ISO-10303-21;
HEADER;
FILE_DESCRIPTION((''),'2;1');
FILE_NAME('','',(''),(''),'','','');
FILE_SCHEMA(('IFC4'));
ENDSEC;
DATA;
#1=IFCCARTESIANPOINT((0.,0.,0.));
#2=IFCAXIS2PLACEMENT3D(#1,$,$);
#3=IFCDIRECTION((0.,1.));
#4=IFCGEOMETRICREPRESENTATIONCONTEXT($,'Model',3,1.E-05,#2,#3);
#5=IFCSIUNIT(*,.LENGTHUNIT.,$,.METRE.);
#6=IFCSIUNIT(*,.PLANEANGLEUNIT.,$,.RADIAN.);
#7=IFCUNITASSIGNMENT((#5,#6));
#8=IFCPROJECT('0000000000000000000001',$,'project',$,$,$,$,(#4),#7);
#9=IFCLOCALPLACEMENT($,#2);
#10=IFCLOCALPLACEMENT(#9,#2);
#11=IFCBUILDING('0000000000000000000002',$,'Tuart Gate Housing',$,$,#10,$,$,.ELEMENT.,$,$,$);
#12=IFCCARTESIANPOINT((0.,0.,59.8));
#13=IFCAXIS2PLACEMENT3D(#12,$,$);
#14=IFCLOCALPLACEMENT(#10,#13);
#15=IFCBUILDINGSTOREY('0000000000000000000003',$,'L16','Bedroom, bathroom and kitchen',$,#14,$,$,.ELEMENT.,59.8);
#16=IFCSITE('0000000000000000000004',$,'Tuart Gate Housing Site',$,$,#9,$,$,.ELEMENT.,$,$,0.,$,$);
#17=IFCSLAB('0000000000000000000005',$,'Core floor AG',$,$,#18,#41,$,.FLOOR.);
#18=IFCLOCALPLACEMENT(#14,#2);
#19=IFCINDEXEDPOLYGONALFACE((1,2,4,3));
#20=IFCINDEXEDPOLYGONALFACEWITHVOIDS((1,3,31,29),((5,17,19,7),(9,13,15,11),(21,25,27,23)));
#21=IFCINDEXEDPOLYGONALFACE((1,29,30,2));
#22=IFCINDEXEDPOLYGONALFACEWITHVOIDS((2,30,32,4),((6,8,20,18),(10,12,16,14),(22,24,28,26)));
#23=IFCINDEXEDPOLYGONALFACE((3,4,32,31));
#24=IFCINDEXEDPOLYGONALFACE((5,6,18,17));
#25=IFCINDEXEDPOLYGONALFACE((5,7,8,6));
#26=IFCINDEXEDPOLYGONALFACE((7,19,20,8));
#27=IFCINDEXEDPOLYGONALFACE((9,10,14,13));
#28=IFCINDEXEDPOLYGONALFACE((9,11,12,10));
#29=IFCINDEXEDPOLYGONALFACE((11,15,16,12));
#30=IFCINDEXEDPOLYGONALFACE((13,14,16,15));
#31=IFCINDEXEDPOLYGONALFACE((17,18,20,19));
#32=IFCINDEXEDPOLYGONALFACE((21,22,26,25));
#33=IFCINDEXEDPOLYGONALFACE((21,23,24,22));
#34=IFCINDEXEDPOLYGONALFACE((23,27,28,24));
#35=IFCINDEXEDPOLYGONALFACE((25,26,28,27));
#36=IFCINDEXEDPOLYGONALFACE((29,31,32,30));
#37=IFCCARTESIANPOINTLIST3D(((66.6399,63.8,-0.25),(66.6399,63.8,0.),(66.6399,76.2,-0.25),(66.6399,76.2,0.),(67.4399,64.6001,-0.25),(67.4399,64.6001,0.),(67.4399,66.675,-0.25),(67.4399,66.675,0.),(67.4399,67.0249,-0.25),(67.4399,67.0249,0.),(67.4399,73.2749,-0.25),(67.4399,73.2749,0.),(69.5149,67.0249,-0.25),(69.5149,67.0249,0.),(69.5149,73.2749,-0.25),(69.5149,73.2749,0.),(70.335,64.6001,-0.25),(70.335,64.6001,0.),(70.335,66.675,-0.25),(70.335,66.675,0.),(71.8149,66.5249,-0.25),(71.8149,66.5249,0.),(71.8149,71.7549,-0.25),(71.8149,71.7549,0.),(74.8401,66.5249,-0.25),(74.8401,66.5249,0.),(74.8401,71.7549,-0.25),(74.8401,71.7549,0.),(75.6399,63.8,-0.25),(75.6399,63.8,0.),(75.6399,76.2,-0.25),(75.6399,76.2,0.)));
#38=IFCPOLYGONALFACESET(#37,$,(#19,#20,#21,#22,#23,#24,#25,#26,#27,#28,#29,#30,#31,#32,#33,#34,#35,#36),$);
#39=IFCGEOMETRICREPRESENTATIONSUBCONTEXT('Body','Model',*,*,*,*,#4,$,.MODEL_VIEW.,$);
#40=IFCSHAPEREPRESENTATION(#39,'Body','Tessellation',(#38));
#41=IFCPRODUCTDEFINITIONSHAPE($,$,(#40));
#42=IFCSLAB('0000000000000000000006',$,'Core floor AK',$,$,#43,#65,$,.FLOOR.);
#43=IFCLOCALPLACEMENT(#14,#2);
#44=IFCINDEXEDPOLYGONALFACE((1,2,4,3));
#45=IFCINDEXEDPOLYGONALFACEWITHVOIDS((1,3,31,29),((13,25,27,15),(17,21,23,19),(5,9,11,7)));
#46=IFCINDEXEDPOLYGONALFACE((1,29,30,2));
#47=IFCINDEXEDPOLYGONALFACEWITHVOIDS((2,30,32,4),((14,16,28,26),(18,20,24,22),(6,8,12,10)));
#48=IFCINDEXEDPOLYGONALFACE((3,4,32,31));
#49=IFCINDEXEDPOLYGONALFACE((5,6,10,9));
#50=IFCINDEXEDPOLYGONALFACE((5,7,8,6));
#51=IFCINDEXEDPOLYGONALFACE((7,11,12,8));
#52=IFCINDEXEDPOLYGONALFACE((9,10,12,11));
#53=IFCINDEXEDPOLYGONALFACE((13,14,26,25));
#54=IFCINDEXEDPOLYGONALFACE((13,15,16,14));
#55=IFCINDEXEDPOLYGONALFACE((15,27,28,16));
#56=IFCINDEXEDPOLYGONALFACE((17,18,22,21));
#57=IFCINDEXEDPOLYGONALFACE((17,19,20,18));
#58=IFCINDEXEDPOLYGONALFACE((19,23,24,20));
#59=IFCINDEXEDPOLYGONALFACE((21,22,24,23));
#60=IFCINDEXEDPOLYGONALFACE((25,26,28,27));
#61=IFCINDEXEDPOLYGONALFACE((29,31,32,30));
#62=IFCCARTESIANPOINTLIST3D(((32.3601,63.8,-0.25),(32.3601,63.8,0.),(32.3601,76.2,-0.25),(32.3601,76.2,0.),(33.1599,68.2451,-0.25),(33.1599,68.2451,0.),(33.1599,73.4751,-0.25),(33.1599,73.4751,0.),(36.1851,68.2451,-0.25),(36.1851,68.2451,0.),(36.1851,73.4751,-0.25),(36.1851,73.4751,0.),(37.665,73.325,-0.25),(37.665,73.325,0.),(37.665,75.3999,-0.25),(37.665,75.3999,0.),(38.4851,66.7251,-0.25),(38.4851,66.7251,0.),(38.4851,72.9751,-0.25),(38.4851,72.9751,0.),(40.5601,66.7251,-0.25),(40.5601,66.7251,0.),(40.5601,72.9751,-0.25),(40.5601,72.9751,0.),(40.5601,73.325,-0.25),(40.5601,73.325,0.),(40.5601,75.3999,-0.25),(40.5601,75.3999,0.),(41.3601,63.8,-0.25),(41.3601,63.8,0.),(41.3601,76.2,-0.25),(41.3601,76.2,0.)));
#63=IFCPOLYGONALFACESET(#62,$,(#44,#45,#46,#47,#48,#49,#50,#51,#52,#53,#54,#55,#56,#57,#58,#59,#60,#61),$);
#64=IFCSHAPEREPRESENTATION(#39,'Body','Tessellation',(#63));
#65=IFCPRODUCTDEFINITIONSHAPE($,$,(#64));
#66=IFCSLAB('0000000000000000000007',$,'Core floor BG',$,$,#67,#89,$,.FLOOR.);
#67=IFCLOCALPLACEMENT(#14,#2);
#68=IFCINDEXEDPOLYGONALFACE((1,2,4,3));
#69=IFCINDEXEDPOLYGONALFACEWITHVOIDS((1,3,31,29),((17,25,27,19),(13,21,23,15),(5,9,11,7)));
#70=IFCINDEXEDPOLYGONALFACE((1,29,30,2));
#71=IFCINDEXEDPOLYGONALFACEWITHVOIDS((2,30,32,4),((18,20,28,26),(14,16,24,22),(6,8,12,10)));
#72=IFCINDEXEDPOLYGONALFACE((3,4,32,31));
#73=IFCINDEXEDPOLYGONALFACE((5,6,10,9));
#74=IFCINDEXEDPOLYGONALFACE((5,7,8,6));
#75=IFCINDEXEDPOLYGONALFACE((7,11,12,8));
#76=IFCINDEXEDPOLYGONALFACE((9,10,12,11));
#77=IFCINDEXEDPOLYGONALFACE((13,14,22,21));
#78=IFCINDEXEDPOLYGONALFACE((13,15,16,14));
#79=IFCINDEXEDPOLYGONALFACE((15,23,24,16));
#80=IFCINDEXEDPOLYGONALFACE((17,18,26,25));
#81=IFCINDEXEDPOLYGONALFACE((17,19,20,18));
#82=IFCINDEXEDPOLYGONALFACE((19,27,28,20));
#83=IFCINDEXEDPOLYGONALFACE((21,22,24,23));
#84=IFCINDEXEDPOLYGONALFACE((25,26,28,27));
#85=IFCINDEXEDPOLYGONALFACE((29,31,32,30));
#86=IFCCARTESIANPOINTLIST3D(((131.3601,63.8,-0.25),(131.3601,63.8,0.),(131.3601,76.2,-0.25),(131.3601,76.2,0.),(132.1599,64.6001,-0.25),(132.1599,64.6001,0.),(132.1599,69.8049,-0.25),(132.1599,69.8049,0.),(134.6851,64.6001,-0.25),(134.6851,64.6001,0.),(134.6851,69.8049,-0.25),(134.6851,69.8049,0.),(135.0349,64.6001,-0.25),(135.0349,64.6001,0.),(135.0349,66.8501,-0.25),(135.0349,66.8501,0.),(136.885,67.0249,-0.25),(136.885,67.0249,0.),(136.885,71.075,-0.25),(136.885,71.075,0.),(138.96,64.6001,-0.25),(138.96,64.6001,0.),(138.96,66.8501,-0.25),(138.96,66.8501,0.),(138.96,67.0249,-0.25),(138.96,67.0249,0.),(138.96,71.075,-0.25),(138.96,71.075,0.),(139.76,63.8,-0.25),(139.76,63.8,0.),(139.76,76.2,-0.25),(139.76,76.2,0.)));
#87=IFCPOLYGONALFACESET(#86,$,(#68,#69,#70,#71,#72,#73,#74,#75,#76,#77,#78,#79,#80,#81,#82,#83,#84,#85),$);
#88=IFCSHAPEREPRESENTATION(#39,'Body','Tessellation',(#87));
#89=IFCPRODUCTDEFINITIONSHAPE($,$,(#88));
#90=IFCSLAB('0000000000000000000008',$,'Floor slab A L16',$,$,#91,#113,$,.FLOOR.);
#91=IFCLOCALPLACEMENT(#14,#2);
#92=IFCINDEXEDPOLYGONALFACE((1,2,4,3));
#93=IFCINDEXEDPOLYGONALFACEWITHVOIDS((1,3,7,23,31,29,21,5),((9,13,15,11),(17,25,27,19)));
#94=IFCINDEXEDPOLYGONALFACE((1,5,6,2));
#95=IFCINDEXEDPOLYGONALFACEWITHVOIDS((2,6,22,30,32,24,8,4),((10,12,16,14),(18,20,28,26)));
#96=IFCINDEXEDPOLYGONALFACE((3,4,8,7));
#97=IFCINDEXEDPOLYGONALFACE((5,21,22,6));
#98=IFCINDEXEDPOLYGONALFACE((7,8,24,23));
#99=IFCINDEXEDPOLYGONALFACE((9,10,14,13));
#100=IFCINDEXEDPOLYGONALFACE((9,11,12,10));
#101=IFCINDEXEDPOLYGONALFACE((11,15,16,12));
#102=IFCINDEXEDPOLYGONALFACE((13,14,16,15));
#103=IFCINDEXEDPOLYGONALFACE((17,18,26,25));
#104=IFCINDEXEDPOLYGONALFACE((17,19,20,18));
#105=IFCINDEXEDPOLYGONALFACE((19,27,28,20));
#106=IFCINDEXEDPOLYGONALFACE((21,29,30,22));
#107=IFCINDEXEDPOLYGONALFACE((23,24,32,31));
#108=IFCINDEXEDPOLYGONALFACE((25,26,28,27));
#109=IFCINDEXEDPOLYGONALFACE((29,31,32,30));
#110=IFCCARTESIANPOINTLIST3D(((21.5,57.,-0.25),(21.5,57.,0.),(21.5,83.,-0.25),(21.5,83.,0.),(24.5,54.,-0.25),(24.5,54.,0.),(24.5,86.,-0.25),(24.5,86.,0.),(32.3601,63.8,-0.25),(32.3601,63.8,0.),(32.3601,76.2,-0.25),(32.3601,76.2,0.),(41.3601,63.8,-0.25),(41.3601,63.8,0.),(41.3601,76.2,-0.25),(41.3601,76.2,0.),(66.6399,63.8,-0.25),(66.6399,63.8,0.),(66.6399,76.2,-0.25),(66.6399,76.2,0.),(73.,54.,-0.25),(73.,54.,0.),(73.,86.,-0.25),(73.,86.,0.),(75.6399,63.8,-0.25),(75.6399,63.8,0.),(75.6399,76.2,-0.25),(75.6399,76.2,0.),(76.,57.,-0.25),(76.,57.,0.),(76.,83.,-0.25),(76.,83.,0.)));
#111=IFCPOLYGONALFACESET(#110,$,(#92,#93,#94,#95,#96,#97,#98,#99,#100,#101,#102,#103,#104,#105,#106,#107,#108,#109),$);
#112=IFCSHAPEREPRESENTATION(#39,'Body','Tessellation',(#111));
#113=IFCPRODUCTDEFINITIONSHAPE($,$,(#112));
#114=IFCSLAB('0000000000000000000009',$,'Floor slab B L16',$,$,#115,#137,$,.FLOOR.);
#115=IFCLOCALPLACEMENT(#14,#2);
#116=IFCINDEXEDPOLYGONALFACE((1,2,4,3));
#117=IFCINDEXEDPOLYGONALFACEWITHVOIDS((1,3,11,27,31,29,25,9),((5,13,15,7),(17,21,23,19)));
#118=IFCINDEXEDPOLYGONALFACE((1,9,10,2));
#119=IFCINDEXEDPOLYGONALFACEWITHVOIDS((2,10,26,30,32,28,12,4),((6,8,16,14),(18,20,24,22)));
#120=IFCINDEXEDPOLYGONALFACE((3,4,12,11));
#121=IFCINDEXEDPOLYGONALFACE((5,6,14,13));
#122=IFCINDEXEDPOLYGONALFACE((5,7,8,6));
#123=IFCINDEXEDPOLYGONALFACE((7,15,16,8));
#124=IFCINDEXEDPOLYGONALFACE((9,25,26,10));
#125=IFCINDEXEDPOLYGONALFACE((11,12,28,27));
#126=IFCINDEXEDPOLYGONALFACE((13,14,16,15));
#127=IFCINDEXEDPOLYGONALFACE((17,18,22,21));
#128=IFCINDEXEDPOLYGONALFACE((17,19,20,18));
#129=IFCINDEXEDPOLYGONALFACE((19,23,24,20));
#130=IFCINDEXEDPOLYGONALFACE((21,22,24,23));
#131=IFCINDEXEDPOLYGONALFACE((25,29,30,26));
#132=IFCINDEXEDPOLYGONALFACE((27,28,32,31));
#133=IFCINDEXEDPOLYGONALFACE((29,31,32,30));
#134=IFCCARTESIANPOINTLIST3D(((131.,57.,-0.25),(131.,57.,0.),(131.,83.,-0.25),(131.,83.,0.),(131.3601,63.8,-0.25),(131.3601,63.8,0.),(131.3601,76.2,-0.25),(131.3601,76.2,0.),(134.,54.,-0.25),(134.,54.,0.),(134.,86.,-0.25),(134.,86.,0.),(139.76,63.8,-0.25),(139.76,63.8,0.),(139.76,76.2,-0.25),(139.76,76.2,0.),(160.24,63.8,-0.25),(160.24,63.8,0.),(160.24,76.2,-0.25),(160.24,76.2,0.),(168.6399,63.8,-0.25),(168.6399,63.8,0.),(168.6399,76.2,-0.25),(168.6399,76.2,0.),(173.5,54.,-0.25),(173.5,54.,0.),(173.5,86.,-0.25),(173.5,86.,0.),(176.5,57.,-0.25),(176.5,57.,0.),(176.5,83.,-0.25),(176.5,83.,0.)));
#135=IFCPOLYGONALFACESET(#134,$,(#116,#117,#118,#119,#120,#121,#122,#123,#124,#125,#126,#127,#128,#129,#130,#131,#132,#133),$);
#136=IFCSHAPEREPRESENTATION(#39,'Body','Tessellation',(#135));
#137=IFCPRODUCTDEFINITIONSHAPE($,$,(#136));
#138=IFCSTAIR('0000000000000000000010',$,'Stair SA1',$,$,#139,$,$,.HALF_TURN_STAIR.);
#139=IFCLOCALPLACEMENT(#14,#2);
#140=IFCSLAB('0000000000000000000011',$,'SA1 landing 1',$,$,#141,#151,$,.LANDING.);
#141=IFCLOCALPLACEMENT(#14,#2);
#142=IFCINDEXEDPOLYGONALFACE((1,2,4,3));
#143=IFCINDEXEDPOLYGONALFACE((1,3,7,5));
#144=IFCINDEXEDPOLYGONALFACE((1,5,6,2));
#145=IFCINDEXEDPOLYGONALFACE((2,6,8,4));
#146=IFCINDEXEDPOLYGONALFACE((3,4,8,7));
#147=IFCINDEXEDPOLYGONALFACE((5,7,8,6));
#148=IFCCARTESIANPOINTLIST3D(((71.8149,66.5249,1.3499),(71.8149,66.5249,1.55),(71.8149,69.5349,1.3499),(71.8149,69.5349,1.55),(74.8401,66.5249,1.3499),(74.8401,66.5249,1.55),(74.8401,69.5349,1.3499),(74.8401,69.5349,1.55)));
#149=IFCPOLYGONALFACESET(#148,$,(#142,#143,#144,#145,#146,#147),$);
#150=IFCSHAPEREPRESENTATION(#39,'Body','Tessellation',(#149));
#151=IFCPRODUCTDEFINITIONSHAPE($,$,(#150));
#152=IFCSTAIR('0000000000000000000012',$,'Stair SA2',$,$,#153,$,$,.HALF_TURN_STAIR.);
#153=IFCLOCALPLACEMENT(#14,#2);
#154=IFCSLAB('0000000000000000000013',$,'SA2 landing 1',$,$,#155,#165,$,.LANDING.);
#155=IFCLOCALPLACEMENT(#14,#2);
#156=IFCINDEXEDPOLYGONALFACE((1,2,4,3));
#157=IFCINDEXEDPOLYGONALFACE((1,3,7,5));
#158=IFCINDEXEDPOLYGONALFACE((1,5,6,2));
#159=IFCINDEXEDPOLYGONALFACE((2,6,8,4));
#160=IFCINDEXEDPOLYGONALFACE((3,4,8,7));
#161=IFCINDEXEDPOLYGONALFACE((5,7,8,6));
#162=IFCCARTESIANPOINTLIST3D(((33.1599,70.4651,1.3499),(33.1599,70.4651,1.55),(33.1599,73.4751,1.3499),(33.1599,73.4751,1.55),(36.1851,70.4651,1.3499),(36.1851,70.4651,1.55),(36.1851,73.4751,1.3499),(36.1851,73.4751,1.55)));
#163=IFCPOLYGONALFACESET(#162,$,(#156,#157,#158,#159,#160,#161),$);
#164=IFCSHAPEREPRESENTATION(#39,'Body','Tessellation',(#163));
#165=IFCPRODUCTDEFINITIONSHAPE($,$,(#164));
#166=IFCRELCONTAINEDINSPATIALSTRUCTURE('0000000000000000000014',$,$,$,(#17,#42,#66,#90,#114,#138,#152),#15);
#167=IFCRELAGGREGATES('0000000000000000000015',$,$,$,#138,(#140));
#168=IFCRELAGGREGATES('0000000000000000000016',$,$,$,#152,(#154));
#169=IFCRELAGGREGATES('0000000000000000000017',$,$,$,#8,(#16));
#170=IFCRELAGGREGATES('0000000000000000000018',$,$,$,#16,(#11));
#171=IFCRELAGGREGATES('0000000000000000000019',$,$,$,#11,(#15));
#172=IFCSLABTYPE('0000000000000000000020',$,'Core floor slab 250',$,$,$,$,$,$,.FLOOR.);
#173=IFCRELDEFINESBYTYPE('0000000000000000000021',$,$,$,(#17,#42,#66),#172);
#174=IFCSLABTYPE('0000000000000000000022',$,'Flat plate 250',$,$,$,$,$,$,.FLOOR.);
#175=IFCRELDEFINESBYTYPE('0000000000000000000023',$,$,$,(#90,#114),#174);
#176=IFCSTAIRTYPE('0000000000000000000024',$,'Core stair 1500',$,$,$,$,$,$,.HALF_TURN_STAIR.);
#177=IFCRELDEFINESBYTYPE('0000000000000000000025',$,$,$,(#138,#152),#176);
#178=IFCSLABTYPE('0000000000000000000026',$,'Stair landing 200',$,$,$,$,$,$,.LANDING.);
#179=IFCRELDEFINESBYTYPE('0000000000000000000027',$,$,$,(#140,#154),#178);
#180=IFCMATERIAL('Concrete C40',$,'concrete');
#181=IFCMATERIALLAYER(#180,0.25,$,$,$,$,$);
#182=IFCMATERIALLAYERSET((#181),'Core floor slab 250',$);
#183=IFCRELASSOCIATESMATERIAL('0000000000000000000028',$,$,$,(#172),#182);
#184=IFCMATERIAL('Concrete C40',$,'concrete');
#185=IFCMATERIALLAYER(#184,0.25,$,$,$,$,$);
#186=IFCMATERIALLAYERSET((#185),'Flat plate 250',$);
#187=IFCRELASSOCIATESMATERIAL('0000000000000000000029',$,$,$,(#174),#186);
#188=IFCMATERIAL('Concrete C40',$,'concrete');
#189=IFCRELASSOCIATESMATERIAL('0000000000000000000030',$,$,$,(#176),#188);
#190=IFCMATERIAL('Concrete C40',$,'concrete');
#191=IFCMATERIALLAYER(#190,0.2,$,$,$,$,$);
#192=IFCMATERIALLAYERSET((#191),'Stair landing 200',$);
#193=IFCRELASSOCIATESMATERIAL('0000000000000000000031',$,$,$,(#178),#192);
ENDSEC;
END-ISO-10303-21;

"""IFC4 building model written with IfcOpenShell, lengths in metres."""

from ifc_helpers import new_model, si_unit, direction, frame, origin, place, context, subcontext, project, spatial, polyline, outline, extrude, material, layer, layer_set, type_object, element, aggregate, save


model = new_model("IFC4")

# Units and contexts
model_context = context("Model", 3, precision=1e-05, world=origin(), true_north=direction((0.0, 1.0)))
body_context = subcontext(model_context, "Body", "Model", "MODEL_VIEW")
ifc_project = project(units=[si_unit("LENGTHUNIT", "METRE"), si_unit("PLANEANGLEUNIT", "RADIAN")], contexts=[model_context])

# Site, building, storey
site_placement = place(None, origin())
site = spatial("IfcSite", under=ifc_project, at=site_placement, Name="Tuart Gate Housing Site", CompositionType="ELEMENT", RefElevation=0.0)
building_placement = place(site_placement, origin())
building = spatial("IfcBuilding", under=site, at=building_placement, Name="Tuart Gate Housing", CompositionType="ELEMENT")
storey_placement = place(building_placement, frame((0.0, 0.0, 59.8)))
storey = spatial("IfcBuildingStorey", under=building, at=storey_placement, Name="L16", Description="Bedroom, bathroom and kitchen", CompositionType="ELEMENT", Elevation=59.8)

# Slabs
ifc_material_1 = material(Name="Concrete C40", Category="concrete")
ifc_layer_1 = layer(ifc_material_1, 0.25)
ifc_layer_set_1 = layer_set([ifc_layer_1], Name="Core floor slab 250")
slab_type_1 = type_object("IfcSlabType", Name="Core floor slab 250", PredefinedType="FLOOR", material=ifc_layer_set_1)
slab_1_placement = place(storey_placement, frame((0.0, 0.0, -0.25)))
element("IfcSlab", 1, at=slab_1_placement, inside=storey, type_object=slab_type_1, Name="Core floor AG", PredefinedType="FLOOR", context=body_context, shape_type="SweptSolid", body=[
    extrude(outline(polyline([(66.6399, 63.8), (75.6399, 63.8), (75.6399, 76.2), (66.6399, 76.2), (66.6399, 63.8)]), holes=[polyline([(67.4399, 64.6001), (70.335, 64.6001), (70.335, 66.675), (67.4399, 66.675), (67.4399, 64.6001)]), polyline([(67.4399, 67.0249), (69.5149, 67.0249), (69.5149, 73.2749), (67.4399, 73.2749), (67.4399, 67.0249)]), polyline([(71.8149, 66.5249), (74.8401, 66.5249), (74.8401, 71.7549), (71.8149, 71.7549), (71.8149, 66.5249)])]), origin(), (0.0, 0.0, 1.0), 0.25),
])
slab_2_placement = place(storey_placement, frame((0.0, 0.0, -0.25)))
element("IfcSlab", 2, at=slab_2_placement, inside=storey, type_object=slab_type_1, Name="Core floor AK", PredefinedType="FLOOR", context=body_context, shape_type="SweptSolid", body=[
    extrude(outline(polyline([(32.3601, 63.8), (41.3601, 63.8), (41.3601, 76.2), (32.3601, 76.2), (32.3601, 63.8)]), holes=[polyline([(40.5601, 75.3999), (37.665, 75.3999), (37.665, 73.325), (40.5601, 73.325), (40.5601, 75.3999)]), polyline([(40.5601, 72.9751), (38.4851, 72.9751), (38.4851, 66.7251), (40.5601, 66.7251), (40.5601, 72.9751)]), polyline([(36.1851, 73.4751), (33.1599, 73.4751), (33.1599, 68.2451), (36.1851, 68.2451), (36.1851, 73.4751)])]), origin(), (0.0, 0.0, 1.0), 0.25),
])
slab_3_placement = place(storey_placement, frame((0.0, 0.0, -0.25)))
element("IfcSlab", 3, at=slab_3_placement, inside=storey, type_object=slab_type_1, Name="Core floor BG", PredefinedType="FLOOR", context=body_context, shape_type="SweptSolid", body=[
    extrude(outline(polyline([(131.3601, 63.8), (139.76, 63.8), (139.76, 76.2), (131.3601, 76.2), (131.3601, 63.8)]), holes=[polyline([(138.96, 66.8501), (135.0349, 66.8501), (135.0349, 64.6001), (138.96, 64.6001), (138.96, 66.8501)]), polyline([(138.96, 71.075), (136.885, 71.075), (136.885, 67.0249), (138.96, 67.0249), (138.96, 71.075)]), polyline([(134.6851, 69.8049), (132.1599, 69.8049), (132.1599, 64.6001), (134.6851, 64.6001), (134.6851, 69.8049)])]), origin(), (0.0, 0.0, 1.0), 0.25),
])
ifc_material_2 = material(Name="Concrete C40", Category="concrete")
ifc_layer_2 = layer(ifc_material_2, 0.25)
ifc_layer_set_2 = layer_set([ifc_layer_2], Name="Flat plate 250")
slab_type_2 = type_object("IfcSlabType", Name="Flat plate 250", PredefinedType="FLOOR", material=ifc_layer_set_2)
slab_4_placement = place(storey_placement, frame((0.0, 0.0, -0.25)))
element("IfcSlab", 4, at=slab_4_placement, inside=storey, type_object=slab_type_2, Name="Floor slab A L16", PredefinedType="FLOOR", context=body_context, shape_type="SweptSolid", body=[
    extrude(outline(polyline([(24.5, 86.0), (21.5, 83.0), (21.5, 57.0), (24.5, 54.0), (73.0, 54.0), (76.0, 57.0), (76.0, 83.0), (73.0, 86.0), (24.5, 86.0)]), holes=[polyline([(66.6399, 76.2), (75.6399, 76.2), (75.6399, 63.8), (66.6399, 63.8), (66.6399, 76.2)]), polyline([(41.3601, 76.2), (41.3601, 63.8), (32.3601, 63.8), (32.3601, 76.2), (41.3601, 76.2)])]), origin(), (0.0, 0.0, 1.0), 0.25),
])
slab_5_placement = place(storey_placement, frame((0.0, 0.0, -0.25)))
element("IfcSlab", 5, at=slab_5_placement, inside=storey, type_object=slab_type_2, Name="Floor slab B L16", PredefinedType="FLOOR", context=body_context, shape_type="SweptSolid", body=[
    extrude(outline(polyline([(134.0, 86.0), (131.0, 83.0), (131.0, 57.0), (134.0, 54.0), (173.5, 54.0), (176.5, 57.0), (176.5, 83.0), (173.5, 86.0), (134.0, 86.0)]), holes=[polyline([(131.3601, 76.2), (139.76, 76.2), (139.76, 63.8), (131.3601, 63.8), (131.3601, 76.2)]), polyline([(168.6399, 76.2), (168.6399, 63.8), (160.24, 63.8), (160.24, 76.2), (168.6399, 76.2)])]), origin(), (0.0, 0.0, 1.0), 0.25),
])

# Stairs, slabs
ifc_material_3 = material(Name="Concrete C40", Category="concrete")
stair_type = type_object("IfcStairType", Name="Core stair 1500", PredefinedType="HALF_TURN_STAIR", material=ifc_material_3)
stair_1_placement = place(storey_placement, origin())
stair_1 = element("IfcStair", 6, at=stair_1_placement, inside=storey, type_object=stair_type, Name="Stair SA1", PredefinedType="HALF_TURN_STAIR")
ifc_material_4 = material(Name="Concrete C40", Category="concrete")
ifc_layer_3 = layer(ifc_material_4, 0.2)
ifc_layer_set_3 = layer_set([ifc_layer_3], Name="Stair landing 200")
slab_type_3 = type_object("IfcSlabType", Name="Stair landing 200", PredefinedType="LANDING", material=ifc_layer_set_3)
slab_6_placement = place(storey_placement, frame((0.0, 0.0, 1.3499)))
slab_6 = element("IfcSlab", 7, at=slab_6_placement, type_object=slab_type_3, Name="SA1 landing 1", PredefinedType="LANDING", context=body_context, shape_type="SweptSolid", body=[
    extrude(outline(polyline([(71.8149, 66.5249), (74.8401, 66.5249), (74.8401, 69.5349), (71.8149, 69.5349), (71.8149, 66.5249)])), origin(), (0.0, 0.0, 1.0), 0.2002),
])
aggregate(stair_1, [slab_6])
stair_2_placement = place(storey_placement, origin())
stair_2 = element("IfcStair", 8, at=stair_2_placement, inside=storey, type_object=stair_type, Name="Stair SA2", PredefinedType="HALF_TURN_STAIR")
slab_7_placement = place(storey_placement, frame((0.0, 0.0, 1.3499)))
slab_7 = element("IfcSlab", 9, at=slab_7_placement, type_object=slab_type_3, Name="SA2 landing 1", PredefinedType="LANDING", context=body_context, shape_type="SweptSolid", body=[
    extrude(outline(polyline([(36.1851, 73.4751), (33.1599, 73.4751), (33.1599, 70.4651), (36.1851, 70.4651), (36.1851, 73.4751)])), origin(), (0.0, 0.0, 1.0), 0.2002),
])
aggregate(stair_2, [slab_7])

save(model, "model.ifc")
